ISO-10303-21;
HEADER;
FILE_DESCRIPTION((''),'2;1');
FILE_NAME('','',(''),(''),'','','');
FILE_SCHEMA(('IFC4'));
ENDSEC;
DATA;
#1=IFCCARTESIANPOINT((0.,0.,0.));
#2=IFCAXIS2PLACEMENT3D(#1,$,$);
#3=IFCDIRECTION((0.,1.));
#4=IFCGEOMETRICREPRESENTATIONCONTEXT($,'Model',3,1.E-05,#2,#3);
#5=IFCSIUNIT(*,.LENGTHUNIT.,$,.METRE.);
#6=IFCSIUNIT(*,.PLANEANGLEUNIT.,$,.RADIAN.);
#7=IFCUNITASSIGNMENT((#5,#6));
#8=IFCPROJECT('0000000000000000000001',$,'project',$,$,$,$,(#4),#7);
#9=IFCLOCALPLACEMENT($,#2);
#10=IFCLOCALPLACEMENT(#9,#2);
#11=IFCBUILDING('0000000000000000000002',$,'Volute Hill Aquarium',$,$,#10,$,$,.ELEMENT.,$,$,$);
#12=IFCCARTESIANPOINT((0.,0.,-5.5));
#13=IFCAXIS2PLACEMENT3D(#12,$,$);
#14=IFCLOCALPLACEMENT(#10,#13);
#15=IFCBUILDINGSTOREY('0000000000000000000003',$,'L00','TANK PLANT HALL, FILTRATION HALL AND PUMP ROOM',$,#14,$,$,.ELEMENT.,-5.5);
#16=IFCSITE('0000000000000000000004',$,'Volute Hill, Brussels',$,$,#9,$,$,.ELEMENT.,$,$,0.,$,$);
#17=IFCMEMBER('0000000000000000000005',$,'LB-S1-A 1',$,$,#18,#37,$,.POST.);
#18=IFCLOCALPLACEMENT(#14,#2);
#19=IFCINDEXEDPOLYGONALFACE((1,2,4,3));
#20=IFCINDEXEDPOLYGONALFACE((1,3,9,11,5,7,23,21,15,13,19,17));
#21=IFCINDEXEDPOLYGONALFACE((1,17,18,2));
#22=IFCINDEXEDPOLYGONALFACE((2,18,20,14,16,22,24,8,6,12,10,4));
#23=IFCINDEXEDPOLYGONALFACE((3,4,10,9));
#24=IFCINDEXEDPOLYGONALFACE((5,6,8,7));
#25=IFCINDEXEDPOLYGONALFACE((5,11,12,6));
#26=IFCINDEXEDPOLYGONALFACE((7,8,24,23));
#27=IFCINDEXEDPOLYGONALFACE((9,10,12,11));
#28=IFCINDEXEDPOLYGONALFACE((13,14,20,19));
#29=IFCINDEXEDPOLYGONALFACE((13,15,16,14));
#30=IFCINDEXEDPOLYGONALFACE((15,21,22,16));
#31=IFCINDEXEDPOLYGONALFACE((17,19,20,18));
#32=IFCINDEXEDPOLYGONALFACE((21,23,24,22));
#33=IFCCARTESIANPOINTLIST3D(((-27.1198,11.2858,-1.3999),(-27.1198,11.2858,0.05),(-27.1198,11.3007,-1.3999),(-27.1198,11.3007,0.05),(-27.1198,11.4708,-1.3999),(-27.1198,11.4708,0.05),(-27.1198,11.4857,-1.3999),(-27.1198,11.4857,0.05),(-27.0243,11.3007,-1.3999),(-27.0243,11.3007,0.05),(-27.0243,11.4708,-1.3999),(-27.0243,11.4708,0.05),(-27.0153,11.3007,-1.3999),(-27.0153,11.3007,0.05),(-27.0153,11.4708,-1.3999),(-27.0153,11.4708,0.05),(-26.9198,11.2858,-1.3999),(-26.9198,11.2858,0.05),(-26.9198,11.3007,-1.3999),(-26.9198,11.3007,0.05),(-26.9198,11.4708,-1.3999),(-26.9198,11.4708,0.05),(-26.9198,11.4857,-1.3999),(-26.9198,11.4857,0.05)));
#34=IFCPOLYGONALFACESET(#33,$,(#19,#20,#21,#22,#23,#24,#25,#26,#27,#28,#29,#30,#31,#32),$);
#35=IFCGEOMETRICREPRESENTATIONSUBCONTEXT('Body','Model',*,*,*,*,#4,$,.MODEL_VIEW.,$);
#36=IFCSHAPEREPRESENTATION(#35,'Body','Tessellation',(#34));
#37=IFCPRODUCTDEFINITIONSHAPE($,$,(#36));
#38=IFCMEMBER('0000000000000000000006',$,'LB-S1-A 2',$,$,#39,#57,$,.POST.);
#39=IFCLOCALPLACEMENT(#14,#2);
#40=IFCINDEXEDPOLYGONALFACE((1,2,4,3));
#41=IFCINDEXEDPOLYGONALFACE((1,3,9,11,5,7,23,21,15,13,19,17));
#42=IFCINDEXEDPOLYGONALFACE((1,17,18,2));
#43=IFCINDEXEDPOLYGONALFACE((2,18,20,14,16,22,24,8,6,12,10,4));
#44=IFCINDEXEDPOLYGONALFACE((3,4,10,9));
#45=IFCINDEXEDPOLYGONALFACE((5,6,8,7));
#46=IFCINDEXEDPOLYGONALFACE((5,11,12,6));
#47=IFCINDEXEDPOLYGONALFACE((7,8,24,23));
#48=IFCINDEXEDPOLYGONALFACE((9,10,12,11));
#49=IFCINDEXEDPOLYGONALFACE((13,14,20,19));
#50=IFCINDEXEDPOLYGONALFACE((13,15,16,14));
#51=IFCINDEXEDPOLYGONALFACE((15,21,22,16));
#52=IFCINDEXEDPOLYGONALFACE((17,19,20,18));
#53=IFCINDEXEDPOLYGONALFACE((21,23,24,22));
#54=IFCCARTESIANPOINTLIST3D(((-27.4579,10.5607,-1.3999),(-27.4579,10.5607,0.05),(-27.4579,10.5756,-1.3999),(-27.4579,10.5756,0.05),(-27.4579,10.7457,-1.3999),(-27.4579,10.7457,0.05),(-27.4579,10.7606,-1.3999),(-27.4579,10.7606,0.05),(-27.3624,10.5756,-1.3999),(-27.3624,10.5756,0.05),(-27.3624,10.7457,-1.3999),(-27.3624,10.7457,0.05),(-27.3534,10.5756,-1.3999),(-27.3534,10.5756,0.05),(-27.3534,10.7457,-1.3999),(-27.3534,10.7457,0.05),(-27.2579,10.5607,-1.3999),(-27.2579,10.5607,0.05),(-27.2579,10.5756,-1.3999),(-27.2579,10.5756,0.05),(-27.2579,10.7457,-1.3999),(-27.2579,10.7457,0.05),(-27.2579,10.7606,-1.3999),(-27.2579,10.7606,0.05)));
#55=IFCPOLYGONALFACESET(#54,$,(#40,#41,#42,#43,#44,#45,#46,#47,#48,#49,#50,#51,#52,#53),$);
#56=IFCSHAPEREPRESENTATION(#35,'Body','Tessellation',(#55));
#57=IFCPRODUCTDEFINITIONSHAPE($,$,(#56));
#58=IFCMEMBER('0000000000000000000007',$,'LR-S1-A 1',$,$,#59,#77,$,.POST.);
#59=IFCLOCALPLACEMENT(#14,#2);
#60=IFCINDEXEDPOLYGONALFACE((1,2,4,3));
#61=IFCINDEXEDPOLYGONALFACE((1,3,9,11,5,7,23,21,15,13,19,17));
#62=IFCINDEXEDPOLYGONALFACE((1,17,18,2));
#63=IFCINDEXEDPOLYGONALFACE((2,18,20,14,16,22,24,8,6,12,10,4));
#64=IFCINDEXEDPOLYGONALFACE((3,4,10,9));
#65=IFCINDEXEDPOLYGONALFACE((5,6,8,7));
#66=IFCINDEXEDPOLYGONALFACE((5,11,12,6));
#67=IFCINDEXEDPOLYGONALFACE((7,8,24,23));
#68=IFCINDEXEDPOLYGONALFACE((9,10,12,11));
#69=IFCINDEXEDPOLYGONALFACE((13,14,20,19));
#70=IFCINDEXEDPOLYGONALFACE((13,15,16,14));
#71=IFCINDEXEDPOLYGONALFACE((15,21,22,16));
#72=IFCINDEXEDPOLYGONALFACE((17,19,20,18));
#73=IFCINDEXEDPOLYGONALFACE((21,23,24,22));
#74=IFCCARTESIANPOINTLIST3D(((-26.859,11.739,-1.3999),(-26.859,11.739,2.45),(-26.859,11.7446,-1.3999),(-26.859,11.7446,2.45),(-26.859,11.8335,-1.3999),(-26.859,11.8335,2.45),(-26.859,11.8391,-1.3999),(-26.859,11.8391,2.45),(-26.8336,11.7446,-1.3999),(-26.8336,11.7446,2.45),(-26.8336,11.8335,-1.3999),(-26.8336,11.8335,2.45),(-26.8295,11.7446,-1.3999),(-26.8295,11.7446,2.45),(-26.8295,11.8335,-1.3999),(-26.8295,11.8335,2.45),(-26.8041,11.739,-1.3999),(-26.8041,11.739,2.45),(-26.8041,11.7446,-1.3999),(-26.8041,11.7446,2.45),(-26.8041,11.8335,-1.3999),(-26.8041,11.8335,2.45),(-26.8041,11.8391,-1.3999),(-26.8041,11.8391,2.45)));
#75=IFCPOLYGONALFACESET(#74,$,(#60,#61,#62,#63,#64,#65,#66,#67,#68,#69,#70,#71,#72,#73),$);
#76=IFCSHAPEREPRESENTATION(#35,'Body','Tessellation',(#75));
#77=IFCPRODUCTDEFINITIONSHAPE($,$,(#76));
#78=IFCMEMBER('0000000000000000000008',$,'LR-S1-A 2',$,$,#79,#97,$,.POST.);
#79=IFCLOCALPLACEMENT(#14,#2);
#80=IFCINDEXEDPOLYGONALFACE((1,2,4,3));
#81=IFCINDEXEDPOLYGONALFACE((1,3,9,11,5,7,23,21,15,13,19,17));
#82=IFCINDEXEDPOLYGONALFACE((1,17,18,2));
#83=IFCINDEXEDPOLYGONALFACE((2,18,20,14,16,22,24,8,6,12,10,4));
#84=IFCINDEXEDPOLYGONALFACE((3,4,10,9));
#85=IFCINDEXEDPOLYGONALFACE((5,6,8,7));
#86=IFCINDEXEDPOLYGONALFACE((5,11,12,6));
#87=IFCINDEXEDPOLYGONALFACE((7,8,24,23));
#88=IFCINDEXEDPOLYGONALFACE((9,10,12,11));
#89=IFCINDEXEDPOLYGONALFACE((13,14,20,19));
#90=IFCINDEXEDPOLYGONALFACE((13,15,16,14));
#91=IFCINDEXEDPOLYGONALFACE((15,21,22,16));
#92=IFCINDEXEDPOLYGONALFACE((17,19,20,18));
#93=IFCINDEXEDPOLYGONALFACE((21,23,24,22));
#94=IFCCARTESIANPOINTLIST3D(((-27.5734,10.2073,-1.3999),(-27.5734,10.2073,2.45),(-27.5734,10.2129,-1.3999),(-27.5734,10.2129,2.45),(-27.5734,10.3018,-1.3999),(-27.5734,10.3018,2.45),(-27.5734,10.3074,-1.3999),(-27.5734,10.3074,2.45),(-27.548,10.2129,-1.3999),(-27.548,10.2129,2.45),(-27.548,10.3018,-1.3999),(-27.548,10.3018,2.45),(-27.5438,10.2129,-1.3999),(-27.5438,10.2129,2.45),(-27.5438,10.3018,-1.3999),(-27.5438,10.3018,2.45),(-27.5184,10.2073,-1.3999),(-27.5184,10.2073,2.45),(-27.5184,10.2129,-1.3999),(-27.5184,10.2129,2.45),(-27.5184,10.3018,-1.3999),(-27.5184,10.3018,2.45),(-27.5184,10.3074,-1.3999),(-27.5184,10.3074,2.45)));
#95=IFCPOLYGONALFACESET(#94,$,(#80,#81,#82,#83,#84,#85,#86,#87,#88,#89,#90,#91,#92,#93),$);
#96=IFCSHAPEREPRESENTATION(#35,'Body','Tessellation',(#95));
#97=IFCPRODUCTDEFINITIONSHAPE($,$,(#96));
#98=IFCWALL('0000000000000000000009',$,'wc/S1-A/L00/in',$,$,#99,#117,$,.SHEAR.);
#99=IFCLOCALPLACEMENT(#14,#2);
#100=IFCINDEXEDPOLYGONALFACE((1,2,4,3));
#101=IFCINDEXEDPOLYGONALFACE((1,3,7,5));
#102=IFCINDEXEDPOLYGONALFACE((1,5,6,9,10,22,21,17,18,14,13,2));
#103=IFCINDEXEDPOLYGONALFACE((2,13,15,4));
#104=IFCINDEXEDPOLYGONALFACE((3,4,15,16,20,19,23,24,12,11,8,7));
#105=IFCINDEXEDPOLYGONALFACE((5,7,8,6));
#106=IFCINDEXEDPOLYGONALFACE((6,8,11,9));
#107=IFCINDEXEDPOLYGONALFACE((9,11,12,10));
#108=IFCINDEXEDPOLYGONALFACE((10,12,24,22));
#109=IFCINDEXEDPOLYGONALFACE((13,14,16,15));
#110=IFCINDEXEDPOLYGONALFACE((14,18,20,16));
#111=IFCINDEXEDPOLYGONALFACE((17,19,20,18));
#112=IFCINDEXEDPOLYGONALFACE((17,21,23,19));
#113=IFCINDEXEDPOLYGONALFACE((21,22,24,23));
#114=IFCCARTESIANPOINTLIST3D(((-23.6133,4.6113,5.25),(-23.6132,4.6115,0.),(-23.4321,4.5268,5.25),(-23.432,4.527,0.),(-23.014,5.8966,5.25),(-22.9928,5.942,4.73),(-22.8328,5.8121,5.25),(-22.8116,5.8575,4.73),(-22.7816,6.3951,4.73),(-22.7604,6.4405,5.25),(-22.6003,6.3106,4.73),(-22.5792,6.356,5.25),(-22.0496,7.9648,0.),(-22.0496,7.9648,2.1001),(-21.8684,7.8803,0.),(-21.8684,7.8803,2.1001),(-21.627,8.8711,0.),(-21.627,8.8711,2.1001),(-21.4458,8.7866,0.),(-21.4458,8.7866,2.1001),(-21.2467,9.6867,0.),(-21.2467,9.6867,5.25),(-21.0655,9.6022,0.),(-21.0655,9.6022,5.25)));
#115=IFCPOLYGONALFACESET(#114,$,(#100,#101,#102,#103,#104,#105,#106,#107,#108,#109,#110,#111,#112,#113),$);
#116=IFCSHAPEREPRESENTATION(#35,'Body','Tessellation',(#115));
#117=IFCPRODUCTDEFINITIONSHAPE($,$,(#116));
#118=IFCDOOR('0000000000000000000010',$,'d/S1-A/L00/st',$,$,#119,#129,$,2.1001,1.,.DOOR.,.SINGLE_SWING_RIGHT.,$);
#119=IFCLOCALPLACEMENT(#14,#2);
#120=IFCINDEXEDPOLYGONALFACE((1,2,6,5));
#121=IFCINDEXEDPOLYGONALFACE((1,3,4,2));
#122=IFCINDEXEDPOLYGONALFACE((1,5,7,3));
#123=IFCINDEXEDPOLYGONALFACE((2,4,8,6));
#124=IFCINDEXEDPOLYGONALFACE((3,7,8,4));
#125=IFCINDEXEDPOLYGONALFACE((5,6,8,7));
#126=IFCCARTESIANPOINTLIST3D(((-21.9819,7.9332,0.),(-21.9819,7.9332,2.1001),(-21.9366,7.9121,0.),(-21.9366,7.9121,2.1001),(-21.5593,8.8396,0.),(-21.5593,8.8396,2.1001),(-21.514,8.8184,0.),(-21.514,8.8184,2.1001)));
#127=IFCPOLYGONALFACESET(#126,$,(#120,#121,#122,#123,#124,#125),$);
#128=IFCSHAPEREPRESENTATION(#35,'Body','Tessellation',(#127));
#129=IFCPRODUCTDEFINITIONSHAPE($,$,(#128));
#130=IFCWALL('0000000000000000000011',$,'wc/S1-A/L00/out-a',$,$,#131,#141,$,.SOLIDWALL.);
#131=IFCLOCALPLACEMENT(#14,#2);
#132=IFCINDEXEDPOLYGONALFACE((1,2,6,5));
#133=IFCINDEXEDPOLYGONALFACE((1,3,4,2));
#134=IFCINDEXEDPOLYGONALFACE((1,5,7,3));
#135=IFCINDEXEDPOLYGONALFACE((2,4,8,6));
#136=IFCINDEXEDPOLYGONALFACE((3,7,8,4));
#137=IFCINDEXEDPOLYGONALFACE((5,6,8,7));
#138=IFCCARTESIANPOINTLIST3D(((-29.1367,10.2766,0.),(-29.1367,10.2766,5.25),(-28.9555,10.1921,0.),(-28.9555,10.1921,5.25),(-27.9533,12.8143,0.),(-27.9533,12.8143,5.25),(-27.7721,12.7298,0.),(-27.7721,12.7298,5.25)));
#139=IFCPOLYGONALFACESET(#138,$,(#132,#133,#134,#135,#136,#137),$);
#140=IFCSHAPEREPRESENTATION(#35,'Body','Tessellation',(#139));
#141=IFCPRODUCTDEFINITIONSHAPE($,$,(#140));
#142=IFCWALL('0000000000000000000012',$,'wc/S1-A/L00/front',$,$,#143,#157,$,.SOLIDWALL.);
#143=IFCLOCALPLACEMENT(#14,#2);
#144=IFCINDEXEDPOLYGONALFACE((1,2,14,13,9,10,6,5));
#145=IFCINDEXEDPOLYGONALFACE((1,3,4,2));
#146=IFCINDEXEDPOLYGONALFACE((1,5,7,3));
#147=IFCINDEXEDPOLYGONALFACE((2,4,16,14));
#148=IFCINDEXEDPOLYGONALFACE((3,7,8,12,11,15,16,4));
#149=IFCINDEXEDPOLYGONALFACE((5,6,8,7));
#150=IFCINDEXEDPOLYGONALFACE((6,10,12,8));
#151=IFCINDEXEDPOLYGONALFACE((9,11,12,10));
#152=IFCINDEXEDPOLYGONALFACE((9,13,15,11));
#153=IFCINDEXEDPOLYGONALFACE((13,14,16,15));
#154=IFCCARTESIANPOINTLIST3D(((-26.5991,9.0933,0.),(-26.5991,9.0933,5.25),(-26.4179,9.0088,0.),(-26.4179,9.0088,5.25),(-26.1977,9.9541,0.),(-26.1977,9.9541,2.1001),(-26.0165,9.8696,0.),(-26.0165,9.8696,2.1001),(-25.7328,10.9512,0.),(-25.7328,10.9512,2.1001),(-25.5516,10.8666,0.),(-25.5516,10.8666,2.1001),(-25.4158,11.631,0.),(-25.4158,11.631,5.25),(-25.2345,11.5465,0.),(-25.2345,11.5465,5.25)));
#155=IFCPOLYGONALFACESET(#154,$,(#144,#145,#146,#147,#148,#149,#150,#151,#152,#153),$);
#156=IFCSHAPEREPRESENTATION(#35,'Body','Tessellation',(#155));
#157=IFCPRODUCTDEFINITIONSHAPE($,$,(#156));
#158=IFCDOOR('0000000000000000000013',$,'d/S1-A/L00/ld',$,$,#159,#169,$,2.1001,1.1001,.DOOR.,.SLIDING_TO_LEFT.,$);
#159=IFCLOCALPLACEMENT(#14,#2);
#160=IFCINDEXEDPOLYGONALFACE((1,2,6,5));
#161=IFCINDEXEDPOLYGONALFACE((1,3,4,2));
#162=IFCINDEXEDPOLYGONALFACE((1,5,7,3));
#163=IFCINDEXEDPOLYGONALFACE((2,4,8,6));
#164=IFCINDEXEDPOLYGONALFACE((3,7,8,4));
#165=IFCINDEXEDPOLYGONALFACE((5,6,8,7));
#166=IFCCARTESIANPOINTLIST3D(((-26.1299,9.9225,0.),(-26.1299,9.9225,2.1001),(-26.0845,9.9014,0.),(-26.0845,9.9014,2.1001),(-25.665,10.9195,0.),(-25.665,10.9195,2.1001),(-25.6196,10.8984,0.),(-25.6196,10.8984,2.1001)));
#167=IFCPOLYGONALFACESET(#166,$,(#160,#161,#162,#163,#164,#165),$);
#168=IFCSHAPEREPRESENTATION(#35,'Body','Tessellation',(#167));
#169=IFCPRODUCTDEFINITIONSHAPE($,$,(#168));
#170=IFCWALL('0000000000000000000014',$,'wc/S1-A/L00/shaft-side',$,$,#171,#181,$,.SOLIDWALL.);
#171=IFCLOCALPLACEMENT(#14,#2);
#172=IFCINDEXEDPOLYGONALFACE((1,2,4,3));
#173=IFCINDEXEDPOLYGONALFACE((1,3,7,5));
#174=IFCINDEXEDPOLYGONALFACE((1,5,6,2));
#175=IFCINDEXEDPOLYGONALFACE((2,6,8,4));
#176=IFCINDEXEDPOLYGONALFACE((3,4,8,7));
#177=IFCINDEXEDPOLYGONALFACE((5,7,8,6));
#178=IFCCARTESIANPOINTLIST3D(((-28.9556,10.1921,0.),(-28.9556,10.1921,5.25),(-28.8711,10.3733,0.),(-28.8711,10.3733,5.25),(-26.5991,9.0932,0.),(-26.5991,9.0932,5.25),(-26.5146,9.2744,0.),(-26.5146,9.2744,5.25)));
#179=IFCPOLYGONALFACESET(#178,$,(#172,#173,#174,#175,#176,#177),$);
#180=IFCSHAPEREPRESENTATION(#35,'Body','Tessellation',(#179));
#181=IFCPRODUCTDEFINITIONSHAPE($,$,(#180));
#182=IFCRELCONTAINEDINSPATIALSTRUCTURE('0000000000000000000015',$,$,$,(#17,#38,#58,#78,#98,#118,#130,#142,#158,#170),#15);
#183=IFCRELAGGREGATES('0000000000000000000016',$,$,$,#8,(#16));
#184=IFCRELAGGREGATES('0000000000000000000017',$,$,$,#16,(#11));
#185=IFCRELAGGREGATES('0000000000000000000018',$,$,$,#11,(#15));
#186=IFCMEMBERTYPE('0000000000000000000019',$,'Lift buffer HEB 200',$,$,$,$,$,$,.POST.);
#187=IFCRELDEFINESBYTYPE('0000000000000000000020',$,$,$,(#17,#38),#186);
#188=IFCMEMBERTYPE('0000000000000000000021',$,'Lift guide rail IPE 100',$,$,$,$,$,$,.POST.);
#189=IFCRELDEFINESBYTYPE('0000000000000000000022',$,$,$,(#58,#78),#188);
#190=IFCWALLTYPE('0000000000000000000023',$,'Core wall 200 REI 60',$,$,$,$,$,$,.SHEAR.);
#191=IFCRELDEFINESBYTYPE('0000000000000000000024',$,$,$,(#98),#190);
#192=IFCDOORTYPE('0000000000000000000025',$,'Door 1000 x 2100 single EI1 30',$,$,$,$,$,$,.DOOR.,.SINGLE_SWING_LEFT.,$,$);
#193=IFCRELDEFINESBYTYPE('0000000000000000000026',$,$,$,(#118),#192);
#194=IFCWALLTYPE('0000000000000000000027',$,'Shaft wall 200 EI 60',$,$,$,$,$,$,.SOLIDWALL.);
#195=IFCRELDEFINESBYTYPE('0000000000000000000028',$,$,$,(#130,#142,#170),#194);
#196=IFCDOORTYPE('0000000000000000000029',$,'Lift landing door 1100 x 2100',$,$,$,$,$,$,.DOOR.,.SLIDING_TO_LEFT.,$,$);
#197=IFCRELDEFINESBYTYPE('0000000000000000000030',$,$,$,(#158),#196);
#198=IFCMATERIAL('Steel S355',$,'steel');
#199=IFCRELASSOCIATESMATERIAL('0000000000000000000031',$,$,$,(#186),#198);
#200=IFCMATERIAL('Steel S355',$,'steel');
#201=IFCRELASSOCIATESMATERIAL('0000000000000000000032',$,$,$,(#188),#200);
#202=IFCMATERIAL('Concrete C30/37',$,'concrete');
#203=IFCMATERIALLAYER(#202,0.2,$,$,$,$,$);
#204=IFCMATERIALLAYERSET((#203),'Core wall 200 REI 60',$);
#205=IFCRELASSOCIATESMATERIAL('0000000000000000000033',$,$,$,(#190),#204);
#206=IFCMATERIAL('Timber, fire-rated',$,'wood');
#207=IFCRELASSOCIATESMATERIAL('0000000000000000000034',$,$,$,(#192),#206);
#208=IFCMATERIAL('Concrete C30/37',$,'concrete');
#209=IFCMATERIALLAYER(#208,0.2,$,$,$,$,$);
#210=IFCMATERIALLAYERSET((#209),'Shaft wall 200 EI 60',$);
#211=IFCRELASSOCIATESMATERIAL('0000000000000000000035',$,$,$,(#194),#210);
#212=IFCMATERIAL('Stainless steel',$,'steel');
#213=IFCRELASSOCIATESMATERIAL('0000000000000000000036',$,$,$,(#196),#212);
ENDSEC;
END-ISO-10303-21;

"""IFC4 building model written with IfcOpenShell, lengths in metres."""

from ifc_helpers import new_model, si_unit, direction, frame, frame_2d, origin, origin_2d, place, context, subcontext, project, spatial, polyline, rectangle, i_section, outline, extrude, material, layer, layer_set, material_profile, profile_set, type_object, element, fill, save


model = new_model("IFC4")

# Units and contexts
model_context = context("Model", 3, precision=1e-05, world=origin(), true_north=direction((0.0, 1.0)))
body_context = subcontext(model_context, "Body", "Model", "MODEL_VIEW")
ifc_project = project(units=[si_unit("LENGTHUNIT", "METRE"), si_unit("PLANEANGLEUNIT", "RADIAN")], contexts=[model_context])

# Site, building, storey
site_placement = place(None, origin())
site = spatial("IfcSite", under=ifc_project, at=site_placement, Name="Volute Hill, Brussels", CompositionType="ELEMENT", RefElevation=0.0)
building_placement = place(site_placement, origin())
building = spatial("IfcBuilding", under=site, at=building_placement, Name="Volute Hill Aquarium", CompositionType="ELEMENT")
storey_placement = place(building_placement, frame((0.0, 0.0, -5.5)))
storey = spatial("IfcBuildingStorey", under=building, at=storey_placement, Name="L00", Description="TANK PLANT HALL, FILTRATION HALL AND PUMP ROOM", CompositionType="ELEMENT", Elevation=-5.5)

# Members
ifc_material_1 = material(Name="Steel S355", Category="steel")
ifc_material_profile_1 = material_profile(ifc_material_1, i_section(OverallWidth=0.2, OverallDepth=0.2, WebThickness=0.009, FlangeThickness=0.0149, at=origin_2d()), Name="HEB 200")
ifc_profile_set_1 = profile_set([ifc_material_profile_1], Name="Steel S355")
member_type_1 = type_object("IfcMemberType", Name="Lift buffer HEB 200", PredefinedType="POST", material=ifc_profile_set_1)
for number, where, z_axis, x_axis, name in (
    (1, (-27.0198, 11.3857, -1.3999), (0.0, 0.0, 1.0), (1.0, 0.0, 0.0), "LB-S1-A 1"),
    (2, (-27.3579, 10.6606, -1.3999), (0.0, 0.0, 1.0), (1.0, 0.0, 0.0), "LB-S1-A 2"),
):
    element("IfcMember", number, at=place(storey_placement, frame(where, z_axis=z_axis, x_axis=x_axis)), inside=storey, type_object=member_type_1, Name=name, PredefinedType="POST", context=body_context, shape_type="SweptSolid", body=[
        extrude(i_section(OverallWidth=0.2, OverallDepth=0.2, WebThickness=0.009, FlangeThickness=0.0149, at=origin_2d()), origin(), (0.0, 0.0, 1.0), 1.45),
    ])
ifc_material_2 = material(Name="Steel S355", Category="steel")
ifc_material_profile_2 = material_profile(ifc_material_2, i_section(OverallWidth=0.0549, OverallDepth=0.1001, WebThickness=0.0042, FlangeThickness=0.0056, at=origin_2d()), Name="IPE 100")
ifc_profile_set_2 = profile_set([ifc_material_profile_2], Name="Steel S355")
member_type_2 = type_object("IfcMemberType", Name="Lift guide rail IPE 100", PredefinedType="POST", material=ifc_profile_set_2)
for number, where, z_axis, x_axis, name in (
    (3, (-26.8315, 11.7891, -1.3999), (0.0, 0.0, 1.0), (1.0, 0.0, 0.0), "LR-S1-A 1"),
    (4, (-27.5459, 10.2573, -1.3999), (0.0, 0.0, 1.0), (1.0, 0.0, 0.0), "LR-S1-A 2"),
):
    element("IfcMember", number, at=place(storey_placement, frame(where, z_axis=z_axis, x_axis=x_axis)), inside=storey, type_object=member_type_2, Name=name, PredefinedType="POST", context=body_context, shape_type="SweptSolid", body=[
        extrude(i_section(OverallWidth=0.0549, OverallDepth=0.1001, WebThickness=0.0042, FlangeThickness=0.0056, at=origin_2d()), origin(), (0.0, 0.0, 1.0), 3.8499),
    ])

# Wall, opening, door
ifc_material_3 = material(Name="Concrete C30/37", Category="concrete")
ifc_layer_1 = layer(ifc_material_3, 0.2)
ifc_layer_set_1 = layer_set([ifc_layer_1], Name="Core wall 200 REI 60")
wall_type_1 = type_object("IfcWallType", Name="Core wall 200 REI 60", PredefinedType="SHEAR", material=ifc_layer_set_1)
wall_1_placement = place(storey_placement, frame((-21.1562, 9.6445, 0.0), z_axis=(0.0, 0.0, 1.0), x_axis=(-0.422597, -0.906318, 0.0)))
wall_1 = element("IfcWall", 5, at=wall_1_placement, inside=storey, type_object=wall_type_1, Name="wc/S1-A/L00/in", PredefinedType="SHEAR", context=body_context, shape_type="SweptSolid", body=[
    extrude(outline(polyline([(0.0, 0.0), (5.5999, 0.0), (5.6001, 5.25), (4.1819, 5.25), (4.1318, 4.73), (3.6318, 4.73), (3.5818, 5.25), (0.0, 5.25), (0.0, 0.0)])), frame((0.0, 0.1001, 0.0), z_axis=(0.0, -1.0, 0.0), x_axis=(1.0, 0.0, 0.0)), (0.0, 0.0, 1.0), 0.2),
])
opening_1_placement = place(wall_1_placement, frame((0.8999, 0.0, 0.0)))
opening_1 = element("IfcOpeningElement", 6, at=opening_1_placement, cuts=wall_1, PredefinedType="OPENING", context=body_context, shape_type="SweptSolid", body=[
    extrude(rectangle(XDim=1.0, YDim=2.1001, at=frame_2d((0.5, 1.05))), frame((0.0, 0.1099, 0.0), z_axis=(0.0, -1.0, 0.0), x_axis=(1.0, 0.0, 0.0)), (0.0, 0.0, 1.0), 0.22),
])
ifc_material_4 = material(Name="Timber, fire-rated", Category="wood")
door_type_1 = type_object("IfcDoorType", Name="Door 1000 x 2100 single EI1 30", OperationType="SINGLE_SWING_LEFT", PredefinedType="DOOR", material=ifc_material_4)
door_1_placement = place(opening_1_placement, origin())
door_1 = element("IfcDoor", 7, at=door_1_placement, inside=storey, type_object=door_type_1, Name="d/S1-A/L00/st", OperationType="SINGLE_SWING_RIGHT", OverallHeight=2.1001, OverallWidth=1.0, PredefinedType="DOOR", context=body_context, shape_type="SweptSolid", body=[
    extrude(rectangle(XDim=1.0, YDim=2.1001, at=frame_2d((0.5, 1.05))), frame((0.0, 0.0249, 0.0), z_axis=(0.0, -1.0, 0.0), x_axis=(1.0, 0.0, 0.0)), (0.0, 0.0, 1.0), 0.05),
])
fill(opening_1, door_1)

# Wall
ifc_material_5 = material(Name="Concrete C30/37", Category="concrete")
ifc_layer_2 = layer(ifc_material_5, 0.2)
ifc_layer_set_2 = layer_set([ifc_layer_2], Name="Shaft wall 200 EI 60")
wall_type_2 = type_object("IfcWallType", Name="Shaft wall 200 EI 60", PredefinedType="SOLIDWALL", material=ifc_layer_set_2)
wall_2_placement = place(storey_placement, frame((-27.8628, 12.772, 0.0), z_axis=(0.0, 0.0, 1.0), x_axis=(-0.422632, -0.906301, 0.0)))
element("IfcWall", 8, at=wall_2_placement, inside=storey, type_object=wall_type_2, Name="wc/S1-A/L00/out-a", PredefinedType="SOLIDWALL", context=body_context, shape_type="SweptSolid", body=[
    extrude(rectangle(XDim=2.8, YDim=0.2, at=frame_2d((1.3999, 0.0))), origin(), (0.0, 0.0, 1.0), 5.25),
])

# Wall, opening, door
wall_3_placement = place(storey_placement, frame((-25.3252, 11.5886, 0.0), z_axis=(0.0, 0.0, 1.0), x_axis=(-0.422632, -0.906301, 0.0)))
wall_3 = element("IfcWall", 9, at=wall_3_placement, inside=storey, type_object=wall_type_2, Name="wc/S1-A/L00/front", PredefinedType="SOLIDWALL", context=body_context, shape_type="SweptSolid", body=[
    extrude(rectangle(XDim=2.8, YDim=0.2, at=frame_2d((1.3999, 0.0))), origin(), (0.0, 0.0, 1.0), 5.25),
])
opening_2_placement = place(wall_3_placement, frame((0.75, 0.0, 0.0)))
opening_2 = element("IfcOpeningElement", 10, at=opening_2_placement, cuts=wall_3, PredefinedType="OPENING", context=body_context, shape_type="SweptSolid", body=[
    extrude(rectangle(XDim=1.1001, YDim=2.1001, at=frame_2d((0.55, 1.05))), frame((0.0, 0.1099, 0.0), z_axis=(0.0, -1.0, 0.0), x_axis=(1.0, 0.0, 0.0)), (0.0, 0.0, 1.0), 0.22),
])
ifc_material_6 = material(Name="Stainless steel", Category="steel")
door_type_2 = type_object("IfcDoorType", Name="Lift landing door 1100 x 2100", OperationType="SLIDING_TO_LEFT", PredefinedType="DOOR", material=ifc_material_6)
door_2_placement = place(opening_2_placement, origin())
door_2 = element("IfcDoor", 11, at=door_2_placement, inside=storey, type_object=door_type_2, Name="d/S1-A/L00/ld", OperationType="SLIDING_TO_LEFT", OverallHeight=2.1001, OverallWidth=1.1001, PredefinedType="DOOR", context=body_context, shape_type="SweptSolid", body=[
    extrude(rectangle(XDim=1.1001, YDim=2.1001, at=frame_2d((0.55, 1.05))), frame((0.0, 0.0249, 0.0), z_axis=(0.0, -1.0, 0.0), x_axis=(1.0, 0.0, 0.0)), (0.0, 0.0, 1.0), 0.05),
])
fill(opening_2, door_2)

# Wall
wall_4_placement = place(storey_placement, frame((-26.5569, 9.1838, 0.0), z_axis=(0.0, 0.0, 1.0), x_axis=(-0.906301, 0.422634, 0.0)))
element("IfcWall", 12, at=wall_4_placement, inside=storey, type_object=wall_type_2, Name="wc/S1-A/L00/shaft-side", PredefinedType="SOLIDWALL", context=body_context, shape_type="SweptSolid", body=[
    extrude(rectangle(XDim=2.6001, YDim=0.2, at=frame_2d((1.3, 0.0))), origin(), (0.0, 0.0, 1.0), 5.25),
])

save(model, "model.ifc")
